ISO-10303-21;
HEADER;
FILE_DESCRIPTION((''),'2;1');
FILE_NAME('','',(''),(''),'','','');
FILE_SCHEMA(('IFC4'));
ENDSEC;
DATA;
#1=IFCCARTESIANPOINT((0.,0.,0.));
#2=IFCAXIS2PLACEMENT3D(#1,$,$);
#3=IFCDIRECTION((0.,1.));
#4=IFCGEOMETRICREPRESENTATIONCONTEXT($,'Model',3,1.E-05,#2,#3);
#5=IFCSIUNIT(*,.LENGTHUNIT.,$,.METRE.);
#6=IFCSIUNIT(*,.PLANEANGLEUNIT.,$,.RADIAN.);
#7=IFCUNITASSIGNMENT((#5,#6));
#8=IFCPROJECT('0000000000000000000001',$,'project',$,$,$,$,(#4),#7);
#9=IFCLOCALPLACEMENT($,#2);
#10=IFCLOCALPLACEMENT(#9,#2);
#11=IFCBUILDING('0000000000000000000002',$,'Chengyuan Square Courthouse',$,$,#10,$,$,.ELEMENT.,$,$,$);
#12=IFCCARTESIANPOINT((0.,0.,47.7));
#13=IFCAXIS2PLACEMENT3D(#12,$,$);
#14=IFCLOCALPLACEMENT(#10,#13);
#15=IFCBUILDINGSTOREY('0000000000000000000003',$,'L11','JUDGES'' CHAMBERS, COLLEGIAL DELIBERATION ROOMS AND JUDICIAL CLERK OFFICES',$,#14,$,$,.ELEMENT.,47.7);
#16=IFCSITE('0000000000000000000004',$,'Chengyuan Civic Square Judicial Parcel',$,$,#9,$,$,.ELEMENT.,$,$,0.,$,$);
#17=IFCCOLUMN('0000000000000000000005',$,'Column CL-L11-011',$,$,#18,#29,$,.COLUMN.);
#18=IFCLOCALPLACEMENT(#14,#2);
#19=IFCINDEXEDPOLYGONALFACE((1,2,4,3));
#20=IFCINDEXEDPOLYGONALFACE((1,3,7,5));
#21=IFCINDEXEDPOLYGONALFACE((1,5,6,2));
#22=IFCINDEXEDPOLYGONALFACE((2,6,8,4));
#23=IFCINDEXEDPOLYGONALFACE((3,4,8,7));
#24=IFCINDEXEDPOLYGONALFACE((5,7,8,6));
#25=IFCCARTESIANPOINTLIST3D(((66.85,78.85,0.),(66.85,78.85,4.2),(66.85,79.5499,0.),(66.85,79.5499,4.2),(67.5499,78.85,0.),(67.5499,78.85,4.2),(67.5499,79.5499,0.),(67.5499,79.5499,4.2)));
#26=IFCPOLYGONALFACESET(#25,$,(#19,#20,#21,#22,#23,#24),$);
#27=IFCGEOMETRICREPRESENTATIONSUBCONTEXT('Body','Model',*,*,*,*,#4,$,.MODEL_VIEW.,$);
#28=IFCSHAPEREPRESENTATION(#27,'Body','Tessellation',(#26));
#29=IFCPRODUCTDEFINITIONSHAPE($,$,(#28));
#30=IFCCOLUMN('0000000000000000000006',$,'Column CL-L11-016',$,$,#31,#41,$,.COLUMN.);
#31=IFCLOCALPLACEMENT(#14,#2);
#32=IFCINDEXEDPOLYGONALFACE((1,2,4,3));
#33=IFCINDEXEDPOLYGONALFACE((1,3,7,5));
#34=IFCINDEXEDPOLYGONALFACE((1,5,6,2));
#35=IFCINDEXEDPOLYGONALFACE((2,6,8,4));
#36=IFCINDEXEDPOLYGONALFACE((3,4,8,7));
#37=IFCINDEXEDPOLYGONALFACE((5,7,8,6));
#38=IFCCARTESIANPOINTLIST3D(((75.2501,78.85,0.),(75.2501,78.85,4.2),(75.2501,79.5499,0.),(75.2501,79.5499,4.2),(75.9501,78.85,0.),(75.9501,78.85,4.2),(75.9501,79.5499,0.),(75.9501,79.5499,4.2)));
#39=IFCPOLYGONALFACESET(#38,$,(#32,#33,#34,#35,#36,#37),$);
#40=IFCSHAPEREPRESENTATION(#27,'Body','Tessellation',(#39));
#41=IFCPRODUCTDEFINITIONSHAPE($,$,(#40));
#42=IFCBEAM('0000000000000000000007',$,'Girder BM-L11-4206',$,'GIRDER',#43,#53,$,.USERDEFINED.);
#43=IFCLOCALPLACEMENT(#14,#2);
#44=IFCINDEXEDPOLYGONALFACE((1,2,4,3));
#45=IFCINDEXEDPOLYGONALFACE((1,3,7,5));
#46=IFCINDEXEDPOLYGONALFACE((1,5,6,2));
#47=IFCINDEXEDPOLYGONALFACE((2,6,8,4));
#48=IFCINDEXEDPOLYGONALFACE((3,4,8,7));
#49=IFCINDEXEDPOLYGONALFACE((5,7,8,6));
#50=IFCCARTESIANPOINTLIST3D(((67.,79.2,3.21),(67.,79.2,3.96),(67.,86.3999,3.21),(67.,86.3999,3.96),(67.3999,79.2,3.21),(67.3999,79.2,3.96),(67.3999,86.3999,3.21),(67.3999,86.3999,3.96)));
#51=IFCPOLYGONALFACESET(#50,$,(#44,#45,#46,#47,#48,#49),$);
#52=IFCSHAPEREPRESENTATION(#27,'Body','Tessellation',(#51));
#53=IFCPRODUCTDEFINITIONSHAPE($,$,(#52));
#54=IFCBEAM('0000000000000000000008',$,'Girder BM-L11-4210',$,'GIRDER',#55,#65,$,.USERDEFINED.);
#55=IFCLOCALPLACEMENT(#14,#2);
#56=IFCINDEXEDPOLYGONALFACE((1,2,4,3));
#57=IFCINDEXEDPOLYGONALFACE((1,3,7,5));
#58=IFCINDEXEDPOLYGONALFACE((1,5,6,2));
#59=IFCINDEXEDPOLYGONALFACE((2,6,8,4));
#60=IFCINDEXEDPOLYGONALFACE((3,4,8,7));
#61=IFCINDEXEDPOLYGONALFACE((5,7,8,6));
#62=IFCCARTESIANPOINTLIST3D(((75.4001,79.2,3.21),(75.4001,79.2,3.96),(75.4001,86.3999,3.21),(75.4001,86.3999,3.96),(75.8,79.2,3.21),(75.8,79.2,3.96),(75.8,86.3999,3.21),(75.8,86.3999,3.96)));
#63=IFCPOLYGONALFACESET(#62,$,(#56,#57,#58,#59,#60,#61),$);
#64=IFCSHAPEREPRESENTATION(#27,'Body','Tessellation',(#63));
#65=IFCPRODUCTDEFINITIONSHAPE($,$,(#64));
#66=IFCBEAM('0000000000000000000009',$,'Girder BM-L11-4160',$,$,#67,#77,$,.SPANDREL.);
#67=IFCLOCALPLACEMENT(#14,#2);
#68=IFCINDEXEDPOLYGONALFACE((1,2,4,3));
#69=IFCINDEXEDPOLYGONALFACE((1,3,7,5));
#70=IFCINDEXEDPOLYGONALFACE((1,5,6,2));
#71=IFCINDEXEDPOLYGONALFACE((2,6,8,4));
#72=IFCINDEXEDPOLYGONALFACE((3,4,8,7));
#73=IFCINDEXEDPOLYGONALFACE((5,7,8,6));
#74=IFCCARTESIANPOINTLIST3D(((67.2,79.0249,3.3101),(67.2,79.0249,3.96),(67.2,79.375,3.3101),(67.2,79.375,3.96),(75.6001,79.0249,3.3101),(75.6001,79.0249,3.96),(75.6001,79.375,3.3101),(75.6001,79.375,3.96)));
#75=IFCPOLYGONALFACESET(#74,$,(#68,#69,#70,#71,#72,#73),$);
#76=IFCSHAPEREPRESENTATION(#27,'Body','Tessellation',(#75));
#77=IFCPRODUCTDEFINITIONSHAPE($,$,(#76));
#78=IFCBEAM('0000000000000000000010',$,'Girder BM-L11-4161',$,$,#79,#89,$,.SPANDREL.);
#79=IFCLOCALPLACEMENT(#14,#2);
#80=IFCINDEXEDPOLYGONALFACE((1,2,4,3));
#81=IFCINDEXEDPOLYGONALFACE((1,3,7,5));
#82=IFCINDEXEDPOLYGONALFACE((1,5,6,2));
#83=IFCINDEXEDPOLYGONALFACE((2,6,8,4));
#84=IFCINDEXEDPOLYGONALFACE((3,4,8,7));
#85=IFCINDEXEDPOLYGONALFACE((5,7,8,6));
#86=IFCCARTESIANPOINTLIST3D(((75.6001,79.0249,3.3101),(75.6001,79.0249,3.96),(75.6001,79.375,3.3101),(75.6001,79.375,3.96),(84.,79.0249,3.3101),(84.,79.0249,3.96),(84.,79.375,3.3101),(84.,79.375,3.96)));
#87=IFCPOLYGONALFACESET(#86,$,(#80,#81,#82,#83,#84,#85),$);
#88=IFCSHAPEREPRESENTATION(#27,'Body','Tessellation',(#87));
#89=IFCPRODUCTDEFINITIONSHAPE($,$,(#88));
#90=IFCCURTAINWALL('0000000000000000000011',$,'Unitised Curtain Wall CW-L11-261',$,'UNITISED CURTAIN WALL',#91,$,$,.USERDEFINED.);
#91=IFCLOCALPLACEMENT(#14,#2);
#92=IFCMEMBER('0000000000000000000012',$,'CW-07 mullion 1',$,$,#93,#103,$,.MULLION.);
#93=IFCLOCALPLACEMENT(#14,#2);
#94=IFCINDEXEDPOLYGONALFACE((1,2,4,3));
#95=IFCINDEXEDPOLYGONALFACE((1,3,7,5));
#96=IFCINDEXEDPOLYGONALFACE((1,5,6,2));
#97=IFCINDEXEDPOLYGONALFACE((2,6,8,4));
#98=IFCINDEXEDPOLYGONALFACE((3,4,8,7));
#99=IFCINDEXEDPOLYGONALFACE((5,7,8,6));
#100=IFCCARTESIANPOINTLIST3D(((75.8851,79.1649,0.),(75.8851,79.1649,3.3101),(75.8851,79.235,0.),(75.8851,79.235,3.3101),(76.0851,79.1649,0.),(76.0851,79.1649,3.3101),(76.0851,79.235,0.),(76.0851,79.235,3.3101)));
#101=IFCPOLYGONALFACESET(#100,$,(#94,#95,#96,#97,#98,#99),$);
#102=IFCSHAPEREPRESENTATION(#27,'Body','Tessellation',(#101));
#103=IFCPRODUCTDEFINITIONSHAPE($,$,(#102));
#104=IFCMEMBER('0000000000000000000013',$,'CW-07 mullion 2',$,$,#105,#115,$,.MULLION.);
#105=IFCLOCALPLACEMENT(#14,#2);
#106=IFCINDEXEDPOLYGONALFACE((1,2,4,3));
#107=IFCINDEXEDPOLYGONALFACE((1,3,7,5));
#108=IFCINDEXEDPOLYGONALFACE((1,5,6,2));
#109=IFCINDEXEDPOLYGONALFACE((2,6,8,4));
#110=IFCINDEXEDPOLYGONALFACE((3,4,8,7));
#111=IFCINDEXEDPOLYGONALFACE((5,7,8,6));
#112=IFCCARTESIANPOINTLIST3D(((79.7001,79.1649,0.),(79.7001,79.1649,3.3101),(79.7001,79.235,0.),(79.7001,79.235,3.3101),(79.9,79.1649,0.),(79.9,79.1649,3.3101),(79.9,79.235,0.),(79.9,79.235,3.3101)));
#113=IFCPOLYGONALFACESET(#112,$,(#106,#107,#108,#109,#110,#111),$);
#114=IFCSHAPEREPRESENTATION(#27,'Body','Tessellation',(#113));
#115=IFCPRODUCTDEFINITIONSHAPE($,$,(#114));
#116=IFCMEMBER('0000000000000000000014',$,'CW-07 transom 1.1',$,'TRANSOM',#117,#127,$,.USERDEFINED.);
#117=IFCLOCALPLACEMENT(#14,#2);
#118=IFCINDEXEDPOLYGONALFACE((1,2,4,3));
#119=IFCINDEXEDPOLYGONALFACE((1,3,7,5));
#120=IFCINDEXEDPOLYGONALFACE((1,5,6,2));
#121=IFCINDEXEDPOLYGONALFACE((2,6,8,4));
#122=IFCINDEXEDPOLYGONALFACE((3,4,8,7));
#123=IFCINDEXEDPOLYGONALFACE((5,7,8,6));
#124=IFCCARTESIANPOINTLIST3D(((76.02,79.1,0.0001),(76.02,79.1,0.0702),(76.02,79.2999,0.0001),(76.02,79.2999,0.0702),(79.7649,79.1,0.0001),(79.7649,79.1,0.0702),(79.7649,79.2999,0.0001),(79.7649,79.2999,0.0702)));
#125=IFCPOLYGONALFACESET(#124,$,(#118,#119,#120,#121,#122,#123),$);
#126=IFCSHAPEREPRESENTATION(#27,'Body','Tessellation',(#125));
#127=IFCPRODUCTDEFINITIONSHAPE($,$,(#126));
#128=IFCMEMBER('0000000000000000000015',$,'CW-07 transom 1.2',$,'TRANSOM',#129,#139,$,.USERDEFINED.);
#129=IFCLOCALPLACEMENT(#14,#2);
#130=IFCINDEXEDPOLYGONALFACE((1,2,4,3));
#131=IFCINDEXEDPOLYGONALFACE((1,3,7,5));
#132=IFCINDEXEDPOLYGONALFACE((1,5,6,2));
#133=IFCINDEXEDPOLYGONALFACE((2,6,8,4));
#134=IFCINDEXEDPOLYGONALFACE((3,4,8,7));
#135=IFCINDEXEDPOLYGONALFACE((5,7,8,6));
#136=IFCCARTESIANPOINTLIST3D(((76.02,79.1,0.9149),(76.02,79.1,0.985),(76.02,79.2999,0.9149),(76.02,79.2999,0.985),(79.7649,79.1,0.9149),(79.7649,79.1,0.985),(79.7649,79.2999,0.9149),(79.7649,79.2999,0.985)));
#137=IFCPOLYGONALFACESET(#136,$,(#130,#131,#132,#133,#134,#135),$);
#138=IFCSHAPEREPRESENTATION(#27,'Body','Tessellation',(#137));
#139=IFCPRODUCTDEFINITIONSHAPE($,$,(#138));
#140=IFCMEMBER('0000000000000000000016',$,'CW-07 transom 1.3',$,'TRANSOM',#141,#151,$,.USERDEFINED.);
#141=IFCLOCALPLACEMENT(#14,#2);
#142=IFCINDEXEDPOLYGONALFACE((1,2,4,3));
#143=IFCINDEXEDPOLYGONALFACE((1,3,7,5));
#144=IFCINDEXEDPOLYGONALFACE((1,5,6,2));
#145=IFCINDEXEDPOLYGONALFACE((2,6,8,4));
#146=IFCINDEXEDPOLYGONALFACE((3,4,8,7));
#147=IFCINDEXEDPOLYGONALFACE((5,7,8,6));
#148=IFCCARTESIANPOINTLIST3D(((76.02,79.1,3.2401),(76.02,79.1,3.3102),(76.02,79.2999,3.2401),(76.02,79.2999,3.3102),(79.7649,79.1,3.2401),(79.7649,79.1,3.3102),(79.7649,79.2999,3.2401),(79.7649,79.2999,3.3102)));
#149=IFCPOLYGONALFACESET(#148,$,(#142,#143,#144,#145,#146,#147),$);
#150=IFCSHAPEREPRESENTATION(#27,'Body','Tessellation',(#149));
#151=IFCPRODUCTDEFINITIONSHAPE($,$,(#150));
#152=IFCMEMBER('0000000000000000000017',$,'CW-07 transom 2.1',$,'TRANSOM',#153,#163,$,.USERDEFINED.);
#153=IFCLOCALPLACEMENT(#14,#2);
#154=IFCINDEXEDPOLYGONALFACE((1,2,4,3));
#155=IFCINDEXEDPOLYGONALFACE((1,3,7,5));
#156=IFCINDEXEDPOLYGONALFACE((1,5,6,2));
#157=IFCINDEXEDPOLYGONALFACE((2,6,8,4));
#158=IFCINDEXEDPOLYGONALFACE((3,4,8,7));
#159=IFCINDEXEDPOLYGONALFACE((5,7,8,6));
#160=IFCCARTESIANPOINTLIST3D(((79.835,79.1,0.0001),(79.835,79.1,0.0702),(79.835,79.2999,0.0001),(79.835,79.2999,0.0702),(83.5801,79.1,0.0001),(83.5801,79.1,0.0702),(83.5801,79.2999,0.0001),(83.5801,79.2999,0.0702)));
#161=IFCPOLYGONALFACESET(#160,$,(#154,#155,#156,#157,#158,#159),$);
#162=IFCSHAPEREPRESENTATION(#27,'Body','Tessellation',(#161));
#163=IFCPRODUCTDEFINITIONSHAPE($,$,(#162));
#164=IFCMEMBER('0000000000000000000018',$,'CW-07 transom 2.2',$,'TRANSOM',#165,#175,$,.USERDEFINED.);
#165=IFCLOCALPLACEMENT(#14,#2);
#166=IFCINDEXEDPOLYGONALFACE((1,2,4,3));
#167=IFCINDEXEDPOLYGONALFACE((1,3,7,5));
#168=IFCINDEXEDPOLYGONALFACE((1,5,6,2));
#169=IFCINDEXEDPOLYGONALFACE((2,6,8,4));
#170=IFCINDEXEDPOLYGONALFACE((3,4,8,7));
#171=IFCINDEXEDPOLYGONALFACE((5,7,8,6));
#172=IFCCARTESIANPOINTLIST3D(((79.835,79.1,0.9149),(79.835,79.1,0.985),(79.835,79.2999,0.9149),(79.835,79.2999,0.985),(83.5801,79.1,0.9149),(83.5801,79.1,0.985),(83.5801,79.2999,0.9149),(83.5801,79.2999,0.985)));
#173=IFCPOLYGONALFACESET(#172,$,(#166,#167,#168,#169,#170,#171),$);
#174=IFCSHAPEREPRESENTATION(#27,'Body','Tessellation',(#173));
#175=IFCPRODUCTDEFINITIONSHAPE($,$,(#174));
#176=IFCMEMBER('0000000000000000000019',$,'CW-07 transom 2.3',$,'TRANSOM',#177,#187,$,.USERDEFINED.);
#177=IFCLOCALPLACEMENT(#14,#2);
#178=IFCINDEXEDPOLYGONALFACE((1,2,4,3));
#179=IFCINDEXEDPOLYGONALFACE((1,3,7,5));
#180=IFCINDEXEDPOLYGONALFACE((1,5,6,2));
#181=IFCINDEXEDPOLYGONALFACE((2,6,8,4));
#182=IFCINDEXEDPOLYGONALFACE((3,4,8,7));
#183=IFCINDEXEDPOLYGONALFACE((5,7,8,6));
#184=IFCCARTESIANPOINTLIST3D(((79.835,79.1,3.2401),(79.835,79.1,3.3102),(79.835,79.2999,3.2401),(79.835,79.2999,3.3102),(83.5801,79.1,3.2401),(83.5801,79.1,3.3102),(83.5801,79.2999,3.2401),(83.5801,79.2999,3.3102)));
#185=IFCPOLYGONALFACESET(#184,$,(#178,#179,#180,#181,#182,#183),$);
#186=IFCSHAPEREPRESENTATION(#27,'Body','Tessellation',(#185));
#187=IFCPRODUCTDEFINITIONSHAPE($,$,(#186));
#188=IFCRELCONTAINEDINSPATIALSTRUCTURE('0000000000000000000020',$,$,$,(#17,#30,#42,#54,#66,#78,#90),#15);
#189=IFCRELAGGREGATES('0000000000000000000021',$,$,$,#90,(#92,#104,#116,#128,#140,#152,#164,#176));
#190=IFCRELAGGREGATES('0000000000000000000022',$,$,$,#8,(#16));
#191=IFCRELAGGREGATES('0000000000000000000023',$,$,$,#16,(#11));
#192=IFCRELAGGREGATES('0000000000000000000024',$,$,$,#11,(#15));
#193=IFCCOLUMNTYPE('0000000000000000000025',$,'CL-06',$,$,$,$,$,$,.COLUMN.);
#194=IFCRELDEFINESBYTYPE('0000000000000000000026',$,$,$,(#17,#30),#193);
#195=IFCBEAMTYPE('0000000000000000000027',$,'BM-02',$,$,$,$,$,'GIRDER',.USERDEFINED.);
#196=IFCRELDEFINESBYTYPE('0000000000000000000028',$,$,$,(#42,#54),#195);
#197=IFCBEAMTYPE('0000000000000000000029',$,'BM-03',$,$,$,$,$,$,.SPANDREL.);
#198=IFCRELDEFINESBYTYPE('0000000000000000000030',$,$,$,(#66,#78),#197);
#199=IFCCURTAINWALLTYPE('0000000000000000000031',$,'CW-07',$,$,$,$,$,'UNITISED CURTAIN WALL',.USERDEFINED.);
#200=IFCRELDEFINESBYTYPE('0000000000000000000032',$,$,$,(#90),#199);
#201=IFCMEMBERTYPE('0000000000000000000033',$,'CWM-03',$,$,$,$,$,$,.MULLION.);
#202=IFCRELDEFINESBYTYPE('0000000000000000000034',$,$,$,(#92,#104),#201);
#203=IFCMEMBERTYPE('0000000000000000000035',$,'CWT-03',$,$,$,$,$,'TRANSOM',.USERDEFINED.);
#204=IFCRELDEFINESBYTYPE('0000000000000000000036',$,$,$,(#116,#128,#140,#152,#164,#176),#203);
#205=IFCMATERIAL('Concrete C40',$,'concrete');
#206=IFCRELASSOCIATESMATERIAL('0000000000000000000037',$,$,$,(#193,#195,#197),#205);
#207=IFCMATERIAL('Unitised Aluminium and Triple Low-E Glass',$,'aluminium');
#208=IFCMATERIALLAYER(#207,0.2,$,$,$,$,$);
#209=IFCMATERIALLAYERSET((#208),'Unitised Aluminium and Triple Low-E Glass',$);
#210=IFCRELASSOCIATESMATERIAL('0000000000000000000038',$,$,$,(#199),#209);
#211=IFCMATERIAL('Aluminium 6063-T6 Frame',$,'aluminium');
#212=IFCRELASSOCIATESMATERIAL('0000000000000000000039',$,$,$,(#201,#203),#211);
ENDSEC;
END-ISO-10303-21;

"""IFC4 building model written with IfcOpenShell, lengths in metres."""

from ifc_helpers import new_model, si_unit, direction, frame, origin, origin_2d, place, context, subcontext, project, spatial, rectangle, extrude, material, layer, layer_set, material_profile, profile_set, type_object, element, aggregate, save


model = new_model("IFC4")

# Units and contexts
model_context = context("Model", 3, precision=1e-05, world=origin(), true_north=direction((0.0, 1.0)))
body_context = subcontext(model_context, "Body", "Model", "MODEL_VIEW")
ifc_project = project(units=[si_unit("LENGTHUNIT", "METRE"), si_unit("PLANEANGLEUNIT", "RADIAN")], contexts=[model_context])

# Site, building, storey
site_placement = place(None, origin())
site = spatial("IfcSite", under=ifc_project, at=site_placement, Name="Chengyuan Civic Square Judicial Parcel", CompositionType="ELEMENT", RefElevation=0.0)
building_placement = place(site_placement, origin())
building = spatial("IfcBuilding", under=site, at=building_placement, Name="Chengyuan Square Courthouse", CompositionType="ELEMENT")
storey_placement = place(building_placement, frame((0.0, 0.0, 47.7)))
storey = spatial("IfcBuildingStorey", under=building, at=storey_placement, Name="L11", Description="JUDGES' CHAMBERS, COLLEGIAL DELIBERATION ROOMS AND JUDICIAL CLERK OFFICES", CompositionType="ELEMENT", Elevation=47.7)

# Columns
ifc_material_1 = material(Name="Concrete C40", Category="concrete")
ifc_material_profile_1 = material_profile(ifc_material_1, rectangle(XDim=0.7, YDim=0.7, at=origin_2d()), Name="RC-COL-700x700")
ifc_profile_set_1 = profile_set([ifc_material_profile_1], Name="Concrete C40")
column_type = type_object("IfcColumnType", Name="CL-06", PredefinedType="COLUMN", material=ifc_profile_set_1)
for number, where, z_axis, x_axis, name in (
    (1, (67.2, 79.2, 0.0), (0.0, 0.0, 1.0), (1.0, 0.0, 0.0), "Column CL-L11-011"),
    (2, (75.6001, 79.2, 0.0), (0.0, 0.0, 1.0), (1.0, 0.0, 0.0), "Column CL-L11-016"),
):
    element("IfcColumn", number, at=place(storey_placement, frame(where, z_axis=z_axis, x_axis=x_axis)), inside=storey, type_object=column_type, Name=name, PredefinedType="COLUMN", context=body_context, shape_type="SweptSolid", body=[
        extrude(rectangle(XDim=0.7, YDim=0.7, at=origin_2d()), origin(), (0.0, 0.0, 1.0), 4.2),
    ])

# Beams
ifc_material_profile_2 = material_profile(ifc_material_1, rectangle(XDim=0.3999, YDim=0.75, at=origin_2d()), Name="RC-BM-400x750")
ifc_profile_set_2 = profile_set([ifc_material_profile_2], Name="Concrete C40")
beam_type_1 = type_object("IfcBeamType", Name="BM-02", ElementType="GIRDER", PredefinedType="USERDEFINED", material=ifc_profile_set_2)
for number, where, z_axis, x_axis, name in (
    (3, (67.2, 79.2, 3.585), (0.0, 1.0, 0.0), (-1.0, 0.0, 0.0), "Girder BM-L11-4206"),
    (4, (75.6001, 79.2, 3.585), (0.0, 1.0, 0.0), (-1.0, 0.0, 0.0), "Girder BM-L11-4210"),
):
    element("IfcBeam", number, at=place(storey_placement, frame(where, z_axis=z_axis, x_axis=x_axis)), inside=storey, type_object=beam_type_1, Name=name, ObjectType="GIRDER", PredefinedType="USERDEFINED", context=body_context, shape_type="SweptSolid", body=[
        extrude(rectangle(XDim=0.3999, YDim=0.75, at=origin_2d()), origin(), (0.0, 0.0, 1.0), 7.2),
    ])
ifc_material_profile_3 = material_profile(ifc_material_1, rectangle(XDim=0.3501, YDim=0.6499, at=origin_2d()), Name="RC-BM-350x650")
ifc_profile_set_3 = profile_set([ifc_material_profile_3], Name="Concrete C40")
beam_type_2 = type_object("IfcBeamType", Name="BM-03", PredefinedType="SPANDREL", material=ifc_profile_set_3)
beam_1_placement = place(storey_placement, frame((67.2, 79.2, 3.635), z_axis=(1.0, 0.0, 0.0), x_axis=(0.0, 1.0, 0.0)))
element("IfcBeam", 5, at=beam_1_placement, inside=storey, type_object=beam_type_2, Name="Girder BM-L11-4160", PredefinedType="SPANDREL", context=body_context, shape_type="SweptSolid", body=[
    extrude(rectangle(XDim=0.3501, YDim=0.6499, at=origin_2d()), origin(), (0.0, 0.0, 1.0), 8.4001),
])
beam_2_placement = place(storey_placement, frame((75.6001, 79.2, 3.635), z_axis=(1.0, 0.0, 0.0), x_axis=(0.0, 1.0, 0.0)))
element("IfcBeam", 6, at=beam_2_placement, inside=storey, type_object=beam_type_2, Name="Girder BM-L11-4161", PredefinedType="SPANDREL", context=body_context, shape_type="SweptSolid", body=[
    extrude(rectangle(XDim=0.3501, YDim=0.6499, at=origin_2d()), origin(), (0.0, 0.0, 1.0), 8.3999),
])

# Curtain wall, members
ifc_material_2 = material(Name="Unitised Aluminium and Triple Low-E Glass", Category="aluminium")
ifc_layer_1 = layer(ifc_material_2, 0.2)
ifc_layer_set_1 = layer_set([ifc_layer_1], Name="Unitised Aluminium and Triple Low-E Glass")
curtain_wall_type = type_object("IfcCurtainWallType", Name="CW-07", ElementType="UNITISED CURTAIN WALL", PredefinedType="USERDEFINED", material=ifc_layer_set_1)
curtain_wall_placement = place(storey_placement, origin())
curtain_wall = element("IfcCurtainWall", 7, at=curtain_wall_placement, inside=storey, type_object=curtain_wall_type, Name="Unitised Curtain Wall CW-L11-261", ObjectType="UNITISED CURTAIN WALL", PredefinedType="USERDEFINED")
ifc_material_3 = material(Name="Aluminium 6063-T6 Frame", Category="aluminium")
ifc_material_profile_4 = material_profile(ifc_material_3, rectangle(XDim=0.0701, YDim=0.2, at=origin_2d()), Name="CW-MUL-70x200")
ifc_profile_set_4 = profile_set([ifc_material_profile_4], Name="Aluminium 6063-T6 Frame")
member_type_1 = type_object("IfcMemberType", Name="CWM-03", PredefinedType="MULLION", material=ifc_profile_set_4)
member_1_placement = place(storey_placement, frame((75.9851, 79.2, 0.0), z_axis=(0.0, 0.0, 1.0), x_axis=(0.0, 1.0, 0.0)))
member_1 = element("IfcMember", 8, at=member_1_placement, type_object=member_type_1, Name="CW-07 mullion 1", PredefinedType="MULLION", context=body_context, shape_type="SweptSolid", body=[
    extrude(rectangle(XDim=0.0701, YDim=0.2, at=origin_2d()), origin(), (0.0, 0.0, 1.0), 3.3101),
])
member_2_placement = place(storey_placement, frame((79.8, 79.2, 0.0), z_axis=(0.0, 0.0, 1.0), x_axis=(0.0, 1.0, 0.0)))
member_2 = element("IfcMember", 9, at=member_2_placement, type_object=member_type_1, Name="CW-07 mullion 2", PredefinedType="MULLION", context=body_context, shape_type="SweptSolid", body=[
    extrude(rectangle(XDim=0.0701, YDim=0.2, at=origin_2d()), origin(), (0.0, 0.0, 1.0), 3.3101),
])
ifc_material_profile_5 = material_profile(ifc_material_3, rectangle(XDim=0.2, YDim=0.0701, at=origin_2d()), Name="CW-TRN-70x160")
ifc_profile_set_5 = profile_set([ifc_material_profile_5], Name="Aluminium 6063-T6 Frame")
member_type_2 = type_object("IfcMemberType", Name="CWT-03", ElementType="TRANSOM", PredefinedType="USERDEFINED", material=ifc_profile_set_5)
member_3_placement = place(storey_placement, frame((76.02, 79.2, 0.0352), z_axis=(1.0, 0.0, 0.0), x_axis=(0.0, 1.0, 0.0)))
member_3 = element("IfcMember", 10, at=member_3_placement, type_object=member_type_2, Name="CW-07 transom 1.1", ObjectType="TRANSOM", PredefinedType="USERDEFINED", context=body_context, shape_type="SweptSolid", body=[
    extrude(rectangle(XDim=0.2, YDim=0.0701, at=origin_2d()), origin(), (0.0, 0.0, 1.0), 3.7449),
])
member_4_placement = place(storey_placement, frame((76.02, 79.2, 0.95), z_axis=(1.0, 0.0, 0.0), x_axis=(0.0, 1.0, 0.0)))
member_4 = element("IfcMember", 11, at=member_4_placement, type_object=member_type_2, Name="CW-07 transom 1.2", ObjectType="TRANSOM", PredefinedType="USERDEFINED", context=body_context, shape_type="SweptSolid", body=[
    extrude(rectangle(XDim=0.2, YDim=0.0701, at=origin_2d()), origin(), (0.0, 0.0, 1.0), 3.7449),
])
member_5_placement = place(storey_placement, frame((76.02, 79.2, 3.2751), z_axis=(1.0, 0.0, 0.0), x_axis=(0.0, 1.0, 0.0)))
member_5 = element("IfcMember", 12, at=member_5_placement, type_object=member_type_2, Name="CW-07 transom 1.3", ObjectType="TRANSOM", PredefinedType="USERDEFINED", context=body_context, shape_type="SweptSolid", body=[
    extrude(rectangle(XDim=0.2, YDim=0.0701, at=origin_2d()), origin(), (0.0, 0.0, 1.0), 3.7449),
])
member_6_placement = place(storey_placement, frame((79.835, 79.2, 0.0352), z_axis=(1.0, 0.0, 0.0), x_axis=(0.0, 1.0, 0.0)))
member_6 = element("IfcMember", 13, at=member_6_placement, type_object=member_type_2, Name="CW-07 transom 2.1", ObjectType="TRANSOM", PredefinedType="USERDEFINED", context=body_context, shape_type="SweptSolid", body=[
    extrude(rectangle(XDim=0.2, YDim=0.0701, at=origin_2d()), origin(), (0.0, 0.0, 1.0), 3.7451),
])
member_7_placement = place(storey_placement, frame((79.835, 79.2, 0.95), z_axis=(1.0, 0.0, 0.0), x_axis=(0.0, 1.0, 0.0)))
member_7 = element("IfcMember", 14, at=member_7_placement, type_object=member_type_2, Name="CW-07 transom 2.2", ObjectType="TRANSOM", PredefinedType="USERDEFINED", context=body_context, shape_type="SweptSolid", body=[
    extrude(rectangle(XDim=0.2, YDim=0.0701, at=origin_2d()), origin(), (0.0, 0.0, 1.0), 3.7451),
])
member_8_placement = place(storey_placement, frame((79.835, 79.2, 3.2751), z_axis=(1.0, 0.0, 0.0), x_axis=(0.0, 1.0, 0.0)))
member_8 = element("IfcMember", 15, at=member_8_placement, type_object=member_type_2, Name="CW-07 transom 2.3", ObjectType="TRANSOM", PredefinedType="USERDEFINED", context=body_context, shape_type="SweptSolid", body=[
    extrude(rectangle(XDim=0.2, YDim=0.0701, at=origin_2d()), origin(), (0.0, 0.0, 1.0), 3.7451),
])
aggregate(curtain_wall, [member_1, member_2, member_3, member_4, member_5, member_6, member_7, member_8])

save(model, "model.ifc")
